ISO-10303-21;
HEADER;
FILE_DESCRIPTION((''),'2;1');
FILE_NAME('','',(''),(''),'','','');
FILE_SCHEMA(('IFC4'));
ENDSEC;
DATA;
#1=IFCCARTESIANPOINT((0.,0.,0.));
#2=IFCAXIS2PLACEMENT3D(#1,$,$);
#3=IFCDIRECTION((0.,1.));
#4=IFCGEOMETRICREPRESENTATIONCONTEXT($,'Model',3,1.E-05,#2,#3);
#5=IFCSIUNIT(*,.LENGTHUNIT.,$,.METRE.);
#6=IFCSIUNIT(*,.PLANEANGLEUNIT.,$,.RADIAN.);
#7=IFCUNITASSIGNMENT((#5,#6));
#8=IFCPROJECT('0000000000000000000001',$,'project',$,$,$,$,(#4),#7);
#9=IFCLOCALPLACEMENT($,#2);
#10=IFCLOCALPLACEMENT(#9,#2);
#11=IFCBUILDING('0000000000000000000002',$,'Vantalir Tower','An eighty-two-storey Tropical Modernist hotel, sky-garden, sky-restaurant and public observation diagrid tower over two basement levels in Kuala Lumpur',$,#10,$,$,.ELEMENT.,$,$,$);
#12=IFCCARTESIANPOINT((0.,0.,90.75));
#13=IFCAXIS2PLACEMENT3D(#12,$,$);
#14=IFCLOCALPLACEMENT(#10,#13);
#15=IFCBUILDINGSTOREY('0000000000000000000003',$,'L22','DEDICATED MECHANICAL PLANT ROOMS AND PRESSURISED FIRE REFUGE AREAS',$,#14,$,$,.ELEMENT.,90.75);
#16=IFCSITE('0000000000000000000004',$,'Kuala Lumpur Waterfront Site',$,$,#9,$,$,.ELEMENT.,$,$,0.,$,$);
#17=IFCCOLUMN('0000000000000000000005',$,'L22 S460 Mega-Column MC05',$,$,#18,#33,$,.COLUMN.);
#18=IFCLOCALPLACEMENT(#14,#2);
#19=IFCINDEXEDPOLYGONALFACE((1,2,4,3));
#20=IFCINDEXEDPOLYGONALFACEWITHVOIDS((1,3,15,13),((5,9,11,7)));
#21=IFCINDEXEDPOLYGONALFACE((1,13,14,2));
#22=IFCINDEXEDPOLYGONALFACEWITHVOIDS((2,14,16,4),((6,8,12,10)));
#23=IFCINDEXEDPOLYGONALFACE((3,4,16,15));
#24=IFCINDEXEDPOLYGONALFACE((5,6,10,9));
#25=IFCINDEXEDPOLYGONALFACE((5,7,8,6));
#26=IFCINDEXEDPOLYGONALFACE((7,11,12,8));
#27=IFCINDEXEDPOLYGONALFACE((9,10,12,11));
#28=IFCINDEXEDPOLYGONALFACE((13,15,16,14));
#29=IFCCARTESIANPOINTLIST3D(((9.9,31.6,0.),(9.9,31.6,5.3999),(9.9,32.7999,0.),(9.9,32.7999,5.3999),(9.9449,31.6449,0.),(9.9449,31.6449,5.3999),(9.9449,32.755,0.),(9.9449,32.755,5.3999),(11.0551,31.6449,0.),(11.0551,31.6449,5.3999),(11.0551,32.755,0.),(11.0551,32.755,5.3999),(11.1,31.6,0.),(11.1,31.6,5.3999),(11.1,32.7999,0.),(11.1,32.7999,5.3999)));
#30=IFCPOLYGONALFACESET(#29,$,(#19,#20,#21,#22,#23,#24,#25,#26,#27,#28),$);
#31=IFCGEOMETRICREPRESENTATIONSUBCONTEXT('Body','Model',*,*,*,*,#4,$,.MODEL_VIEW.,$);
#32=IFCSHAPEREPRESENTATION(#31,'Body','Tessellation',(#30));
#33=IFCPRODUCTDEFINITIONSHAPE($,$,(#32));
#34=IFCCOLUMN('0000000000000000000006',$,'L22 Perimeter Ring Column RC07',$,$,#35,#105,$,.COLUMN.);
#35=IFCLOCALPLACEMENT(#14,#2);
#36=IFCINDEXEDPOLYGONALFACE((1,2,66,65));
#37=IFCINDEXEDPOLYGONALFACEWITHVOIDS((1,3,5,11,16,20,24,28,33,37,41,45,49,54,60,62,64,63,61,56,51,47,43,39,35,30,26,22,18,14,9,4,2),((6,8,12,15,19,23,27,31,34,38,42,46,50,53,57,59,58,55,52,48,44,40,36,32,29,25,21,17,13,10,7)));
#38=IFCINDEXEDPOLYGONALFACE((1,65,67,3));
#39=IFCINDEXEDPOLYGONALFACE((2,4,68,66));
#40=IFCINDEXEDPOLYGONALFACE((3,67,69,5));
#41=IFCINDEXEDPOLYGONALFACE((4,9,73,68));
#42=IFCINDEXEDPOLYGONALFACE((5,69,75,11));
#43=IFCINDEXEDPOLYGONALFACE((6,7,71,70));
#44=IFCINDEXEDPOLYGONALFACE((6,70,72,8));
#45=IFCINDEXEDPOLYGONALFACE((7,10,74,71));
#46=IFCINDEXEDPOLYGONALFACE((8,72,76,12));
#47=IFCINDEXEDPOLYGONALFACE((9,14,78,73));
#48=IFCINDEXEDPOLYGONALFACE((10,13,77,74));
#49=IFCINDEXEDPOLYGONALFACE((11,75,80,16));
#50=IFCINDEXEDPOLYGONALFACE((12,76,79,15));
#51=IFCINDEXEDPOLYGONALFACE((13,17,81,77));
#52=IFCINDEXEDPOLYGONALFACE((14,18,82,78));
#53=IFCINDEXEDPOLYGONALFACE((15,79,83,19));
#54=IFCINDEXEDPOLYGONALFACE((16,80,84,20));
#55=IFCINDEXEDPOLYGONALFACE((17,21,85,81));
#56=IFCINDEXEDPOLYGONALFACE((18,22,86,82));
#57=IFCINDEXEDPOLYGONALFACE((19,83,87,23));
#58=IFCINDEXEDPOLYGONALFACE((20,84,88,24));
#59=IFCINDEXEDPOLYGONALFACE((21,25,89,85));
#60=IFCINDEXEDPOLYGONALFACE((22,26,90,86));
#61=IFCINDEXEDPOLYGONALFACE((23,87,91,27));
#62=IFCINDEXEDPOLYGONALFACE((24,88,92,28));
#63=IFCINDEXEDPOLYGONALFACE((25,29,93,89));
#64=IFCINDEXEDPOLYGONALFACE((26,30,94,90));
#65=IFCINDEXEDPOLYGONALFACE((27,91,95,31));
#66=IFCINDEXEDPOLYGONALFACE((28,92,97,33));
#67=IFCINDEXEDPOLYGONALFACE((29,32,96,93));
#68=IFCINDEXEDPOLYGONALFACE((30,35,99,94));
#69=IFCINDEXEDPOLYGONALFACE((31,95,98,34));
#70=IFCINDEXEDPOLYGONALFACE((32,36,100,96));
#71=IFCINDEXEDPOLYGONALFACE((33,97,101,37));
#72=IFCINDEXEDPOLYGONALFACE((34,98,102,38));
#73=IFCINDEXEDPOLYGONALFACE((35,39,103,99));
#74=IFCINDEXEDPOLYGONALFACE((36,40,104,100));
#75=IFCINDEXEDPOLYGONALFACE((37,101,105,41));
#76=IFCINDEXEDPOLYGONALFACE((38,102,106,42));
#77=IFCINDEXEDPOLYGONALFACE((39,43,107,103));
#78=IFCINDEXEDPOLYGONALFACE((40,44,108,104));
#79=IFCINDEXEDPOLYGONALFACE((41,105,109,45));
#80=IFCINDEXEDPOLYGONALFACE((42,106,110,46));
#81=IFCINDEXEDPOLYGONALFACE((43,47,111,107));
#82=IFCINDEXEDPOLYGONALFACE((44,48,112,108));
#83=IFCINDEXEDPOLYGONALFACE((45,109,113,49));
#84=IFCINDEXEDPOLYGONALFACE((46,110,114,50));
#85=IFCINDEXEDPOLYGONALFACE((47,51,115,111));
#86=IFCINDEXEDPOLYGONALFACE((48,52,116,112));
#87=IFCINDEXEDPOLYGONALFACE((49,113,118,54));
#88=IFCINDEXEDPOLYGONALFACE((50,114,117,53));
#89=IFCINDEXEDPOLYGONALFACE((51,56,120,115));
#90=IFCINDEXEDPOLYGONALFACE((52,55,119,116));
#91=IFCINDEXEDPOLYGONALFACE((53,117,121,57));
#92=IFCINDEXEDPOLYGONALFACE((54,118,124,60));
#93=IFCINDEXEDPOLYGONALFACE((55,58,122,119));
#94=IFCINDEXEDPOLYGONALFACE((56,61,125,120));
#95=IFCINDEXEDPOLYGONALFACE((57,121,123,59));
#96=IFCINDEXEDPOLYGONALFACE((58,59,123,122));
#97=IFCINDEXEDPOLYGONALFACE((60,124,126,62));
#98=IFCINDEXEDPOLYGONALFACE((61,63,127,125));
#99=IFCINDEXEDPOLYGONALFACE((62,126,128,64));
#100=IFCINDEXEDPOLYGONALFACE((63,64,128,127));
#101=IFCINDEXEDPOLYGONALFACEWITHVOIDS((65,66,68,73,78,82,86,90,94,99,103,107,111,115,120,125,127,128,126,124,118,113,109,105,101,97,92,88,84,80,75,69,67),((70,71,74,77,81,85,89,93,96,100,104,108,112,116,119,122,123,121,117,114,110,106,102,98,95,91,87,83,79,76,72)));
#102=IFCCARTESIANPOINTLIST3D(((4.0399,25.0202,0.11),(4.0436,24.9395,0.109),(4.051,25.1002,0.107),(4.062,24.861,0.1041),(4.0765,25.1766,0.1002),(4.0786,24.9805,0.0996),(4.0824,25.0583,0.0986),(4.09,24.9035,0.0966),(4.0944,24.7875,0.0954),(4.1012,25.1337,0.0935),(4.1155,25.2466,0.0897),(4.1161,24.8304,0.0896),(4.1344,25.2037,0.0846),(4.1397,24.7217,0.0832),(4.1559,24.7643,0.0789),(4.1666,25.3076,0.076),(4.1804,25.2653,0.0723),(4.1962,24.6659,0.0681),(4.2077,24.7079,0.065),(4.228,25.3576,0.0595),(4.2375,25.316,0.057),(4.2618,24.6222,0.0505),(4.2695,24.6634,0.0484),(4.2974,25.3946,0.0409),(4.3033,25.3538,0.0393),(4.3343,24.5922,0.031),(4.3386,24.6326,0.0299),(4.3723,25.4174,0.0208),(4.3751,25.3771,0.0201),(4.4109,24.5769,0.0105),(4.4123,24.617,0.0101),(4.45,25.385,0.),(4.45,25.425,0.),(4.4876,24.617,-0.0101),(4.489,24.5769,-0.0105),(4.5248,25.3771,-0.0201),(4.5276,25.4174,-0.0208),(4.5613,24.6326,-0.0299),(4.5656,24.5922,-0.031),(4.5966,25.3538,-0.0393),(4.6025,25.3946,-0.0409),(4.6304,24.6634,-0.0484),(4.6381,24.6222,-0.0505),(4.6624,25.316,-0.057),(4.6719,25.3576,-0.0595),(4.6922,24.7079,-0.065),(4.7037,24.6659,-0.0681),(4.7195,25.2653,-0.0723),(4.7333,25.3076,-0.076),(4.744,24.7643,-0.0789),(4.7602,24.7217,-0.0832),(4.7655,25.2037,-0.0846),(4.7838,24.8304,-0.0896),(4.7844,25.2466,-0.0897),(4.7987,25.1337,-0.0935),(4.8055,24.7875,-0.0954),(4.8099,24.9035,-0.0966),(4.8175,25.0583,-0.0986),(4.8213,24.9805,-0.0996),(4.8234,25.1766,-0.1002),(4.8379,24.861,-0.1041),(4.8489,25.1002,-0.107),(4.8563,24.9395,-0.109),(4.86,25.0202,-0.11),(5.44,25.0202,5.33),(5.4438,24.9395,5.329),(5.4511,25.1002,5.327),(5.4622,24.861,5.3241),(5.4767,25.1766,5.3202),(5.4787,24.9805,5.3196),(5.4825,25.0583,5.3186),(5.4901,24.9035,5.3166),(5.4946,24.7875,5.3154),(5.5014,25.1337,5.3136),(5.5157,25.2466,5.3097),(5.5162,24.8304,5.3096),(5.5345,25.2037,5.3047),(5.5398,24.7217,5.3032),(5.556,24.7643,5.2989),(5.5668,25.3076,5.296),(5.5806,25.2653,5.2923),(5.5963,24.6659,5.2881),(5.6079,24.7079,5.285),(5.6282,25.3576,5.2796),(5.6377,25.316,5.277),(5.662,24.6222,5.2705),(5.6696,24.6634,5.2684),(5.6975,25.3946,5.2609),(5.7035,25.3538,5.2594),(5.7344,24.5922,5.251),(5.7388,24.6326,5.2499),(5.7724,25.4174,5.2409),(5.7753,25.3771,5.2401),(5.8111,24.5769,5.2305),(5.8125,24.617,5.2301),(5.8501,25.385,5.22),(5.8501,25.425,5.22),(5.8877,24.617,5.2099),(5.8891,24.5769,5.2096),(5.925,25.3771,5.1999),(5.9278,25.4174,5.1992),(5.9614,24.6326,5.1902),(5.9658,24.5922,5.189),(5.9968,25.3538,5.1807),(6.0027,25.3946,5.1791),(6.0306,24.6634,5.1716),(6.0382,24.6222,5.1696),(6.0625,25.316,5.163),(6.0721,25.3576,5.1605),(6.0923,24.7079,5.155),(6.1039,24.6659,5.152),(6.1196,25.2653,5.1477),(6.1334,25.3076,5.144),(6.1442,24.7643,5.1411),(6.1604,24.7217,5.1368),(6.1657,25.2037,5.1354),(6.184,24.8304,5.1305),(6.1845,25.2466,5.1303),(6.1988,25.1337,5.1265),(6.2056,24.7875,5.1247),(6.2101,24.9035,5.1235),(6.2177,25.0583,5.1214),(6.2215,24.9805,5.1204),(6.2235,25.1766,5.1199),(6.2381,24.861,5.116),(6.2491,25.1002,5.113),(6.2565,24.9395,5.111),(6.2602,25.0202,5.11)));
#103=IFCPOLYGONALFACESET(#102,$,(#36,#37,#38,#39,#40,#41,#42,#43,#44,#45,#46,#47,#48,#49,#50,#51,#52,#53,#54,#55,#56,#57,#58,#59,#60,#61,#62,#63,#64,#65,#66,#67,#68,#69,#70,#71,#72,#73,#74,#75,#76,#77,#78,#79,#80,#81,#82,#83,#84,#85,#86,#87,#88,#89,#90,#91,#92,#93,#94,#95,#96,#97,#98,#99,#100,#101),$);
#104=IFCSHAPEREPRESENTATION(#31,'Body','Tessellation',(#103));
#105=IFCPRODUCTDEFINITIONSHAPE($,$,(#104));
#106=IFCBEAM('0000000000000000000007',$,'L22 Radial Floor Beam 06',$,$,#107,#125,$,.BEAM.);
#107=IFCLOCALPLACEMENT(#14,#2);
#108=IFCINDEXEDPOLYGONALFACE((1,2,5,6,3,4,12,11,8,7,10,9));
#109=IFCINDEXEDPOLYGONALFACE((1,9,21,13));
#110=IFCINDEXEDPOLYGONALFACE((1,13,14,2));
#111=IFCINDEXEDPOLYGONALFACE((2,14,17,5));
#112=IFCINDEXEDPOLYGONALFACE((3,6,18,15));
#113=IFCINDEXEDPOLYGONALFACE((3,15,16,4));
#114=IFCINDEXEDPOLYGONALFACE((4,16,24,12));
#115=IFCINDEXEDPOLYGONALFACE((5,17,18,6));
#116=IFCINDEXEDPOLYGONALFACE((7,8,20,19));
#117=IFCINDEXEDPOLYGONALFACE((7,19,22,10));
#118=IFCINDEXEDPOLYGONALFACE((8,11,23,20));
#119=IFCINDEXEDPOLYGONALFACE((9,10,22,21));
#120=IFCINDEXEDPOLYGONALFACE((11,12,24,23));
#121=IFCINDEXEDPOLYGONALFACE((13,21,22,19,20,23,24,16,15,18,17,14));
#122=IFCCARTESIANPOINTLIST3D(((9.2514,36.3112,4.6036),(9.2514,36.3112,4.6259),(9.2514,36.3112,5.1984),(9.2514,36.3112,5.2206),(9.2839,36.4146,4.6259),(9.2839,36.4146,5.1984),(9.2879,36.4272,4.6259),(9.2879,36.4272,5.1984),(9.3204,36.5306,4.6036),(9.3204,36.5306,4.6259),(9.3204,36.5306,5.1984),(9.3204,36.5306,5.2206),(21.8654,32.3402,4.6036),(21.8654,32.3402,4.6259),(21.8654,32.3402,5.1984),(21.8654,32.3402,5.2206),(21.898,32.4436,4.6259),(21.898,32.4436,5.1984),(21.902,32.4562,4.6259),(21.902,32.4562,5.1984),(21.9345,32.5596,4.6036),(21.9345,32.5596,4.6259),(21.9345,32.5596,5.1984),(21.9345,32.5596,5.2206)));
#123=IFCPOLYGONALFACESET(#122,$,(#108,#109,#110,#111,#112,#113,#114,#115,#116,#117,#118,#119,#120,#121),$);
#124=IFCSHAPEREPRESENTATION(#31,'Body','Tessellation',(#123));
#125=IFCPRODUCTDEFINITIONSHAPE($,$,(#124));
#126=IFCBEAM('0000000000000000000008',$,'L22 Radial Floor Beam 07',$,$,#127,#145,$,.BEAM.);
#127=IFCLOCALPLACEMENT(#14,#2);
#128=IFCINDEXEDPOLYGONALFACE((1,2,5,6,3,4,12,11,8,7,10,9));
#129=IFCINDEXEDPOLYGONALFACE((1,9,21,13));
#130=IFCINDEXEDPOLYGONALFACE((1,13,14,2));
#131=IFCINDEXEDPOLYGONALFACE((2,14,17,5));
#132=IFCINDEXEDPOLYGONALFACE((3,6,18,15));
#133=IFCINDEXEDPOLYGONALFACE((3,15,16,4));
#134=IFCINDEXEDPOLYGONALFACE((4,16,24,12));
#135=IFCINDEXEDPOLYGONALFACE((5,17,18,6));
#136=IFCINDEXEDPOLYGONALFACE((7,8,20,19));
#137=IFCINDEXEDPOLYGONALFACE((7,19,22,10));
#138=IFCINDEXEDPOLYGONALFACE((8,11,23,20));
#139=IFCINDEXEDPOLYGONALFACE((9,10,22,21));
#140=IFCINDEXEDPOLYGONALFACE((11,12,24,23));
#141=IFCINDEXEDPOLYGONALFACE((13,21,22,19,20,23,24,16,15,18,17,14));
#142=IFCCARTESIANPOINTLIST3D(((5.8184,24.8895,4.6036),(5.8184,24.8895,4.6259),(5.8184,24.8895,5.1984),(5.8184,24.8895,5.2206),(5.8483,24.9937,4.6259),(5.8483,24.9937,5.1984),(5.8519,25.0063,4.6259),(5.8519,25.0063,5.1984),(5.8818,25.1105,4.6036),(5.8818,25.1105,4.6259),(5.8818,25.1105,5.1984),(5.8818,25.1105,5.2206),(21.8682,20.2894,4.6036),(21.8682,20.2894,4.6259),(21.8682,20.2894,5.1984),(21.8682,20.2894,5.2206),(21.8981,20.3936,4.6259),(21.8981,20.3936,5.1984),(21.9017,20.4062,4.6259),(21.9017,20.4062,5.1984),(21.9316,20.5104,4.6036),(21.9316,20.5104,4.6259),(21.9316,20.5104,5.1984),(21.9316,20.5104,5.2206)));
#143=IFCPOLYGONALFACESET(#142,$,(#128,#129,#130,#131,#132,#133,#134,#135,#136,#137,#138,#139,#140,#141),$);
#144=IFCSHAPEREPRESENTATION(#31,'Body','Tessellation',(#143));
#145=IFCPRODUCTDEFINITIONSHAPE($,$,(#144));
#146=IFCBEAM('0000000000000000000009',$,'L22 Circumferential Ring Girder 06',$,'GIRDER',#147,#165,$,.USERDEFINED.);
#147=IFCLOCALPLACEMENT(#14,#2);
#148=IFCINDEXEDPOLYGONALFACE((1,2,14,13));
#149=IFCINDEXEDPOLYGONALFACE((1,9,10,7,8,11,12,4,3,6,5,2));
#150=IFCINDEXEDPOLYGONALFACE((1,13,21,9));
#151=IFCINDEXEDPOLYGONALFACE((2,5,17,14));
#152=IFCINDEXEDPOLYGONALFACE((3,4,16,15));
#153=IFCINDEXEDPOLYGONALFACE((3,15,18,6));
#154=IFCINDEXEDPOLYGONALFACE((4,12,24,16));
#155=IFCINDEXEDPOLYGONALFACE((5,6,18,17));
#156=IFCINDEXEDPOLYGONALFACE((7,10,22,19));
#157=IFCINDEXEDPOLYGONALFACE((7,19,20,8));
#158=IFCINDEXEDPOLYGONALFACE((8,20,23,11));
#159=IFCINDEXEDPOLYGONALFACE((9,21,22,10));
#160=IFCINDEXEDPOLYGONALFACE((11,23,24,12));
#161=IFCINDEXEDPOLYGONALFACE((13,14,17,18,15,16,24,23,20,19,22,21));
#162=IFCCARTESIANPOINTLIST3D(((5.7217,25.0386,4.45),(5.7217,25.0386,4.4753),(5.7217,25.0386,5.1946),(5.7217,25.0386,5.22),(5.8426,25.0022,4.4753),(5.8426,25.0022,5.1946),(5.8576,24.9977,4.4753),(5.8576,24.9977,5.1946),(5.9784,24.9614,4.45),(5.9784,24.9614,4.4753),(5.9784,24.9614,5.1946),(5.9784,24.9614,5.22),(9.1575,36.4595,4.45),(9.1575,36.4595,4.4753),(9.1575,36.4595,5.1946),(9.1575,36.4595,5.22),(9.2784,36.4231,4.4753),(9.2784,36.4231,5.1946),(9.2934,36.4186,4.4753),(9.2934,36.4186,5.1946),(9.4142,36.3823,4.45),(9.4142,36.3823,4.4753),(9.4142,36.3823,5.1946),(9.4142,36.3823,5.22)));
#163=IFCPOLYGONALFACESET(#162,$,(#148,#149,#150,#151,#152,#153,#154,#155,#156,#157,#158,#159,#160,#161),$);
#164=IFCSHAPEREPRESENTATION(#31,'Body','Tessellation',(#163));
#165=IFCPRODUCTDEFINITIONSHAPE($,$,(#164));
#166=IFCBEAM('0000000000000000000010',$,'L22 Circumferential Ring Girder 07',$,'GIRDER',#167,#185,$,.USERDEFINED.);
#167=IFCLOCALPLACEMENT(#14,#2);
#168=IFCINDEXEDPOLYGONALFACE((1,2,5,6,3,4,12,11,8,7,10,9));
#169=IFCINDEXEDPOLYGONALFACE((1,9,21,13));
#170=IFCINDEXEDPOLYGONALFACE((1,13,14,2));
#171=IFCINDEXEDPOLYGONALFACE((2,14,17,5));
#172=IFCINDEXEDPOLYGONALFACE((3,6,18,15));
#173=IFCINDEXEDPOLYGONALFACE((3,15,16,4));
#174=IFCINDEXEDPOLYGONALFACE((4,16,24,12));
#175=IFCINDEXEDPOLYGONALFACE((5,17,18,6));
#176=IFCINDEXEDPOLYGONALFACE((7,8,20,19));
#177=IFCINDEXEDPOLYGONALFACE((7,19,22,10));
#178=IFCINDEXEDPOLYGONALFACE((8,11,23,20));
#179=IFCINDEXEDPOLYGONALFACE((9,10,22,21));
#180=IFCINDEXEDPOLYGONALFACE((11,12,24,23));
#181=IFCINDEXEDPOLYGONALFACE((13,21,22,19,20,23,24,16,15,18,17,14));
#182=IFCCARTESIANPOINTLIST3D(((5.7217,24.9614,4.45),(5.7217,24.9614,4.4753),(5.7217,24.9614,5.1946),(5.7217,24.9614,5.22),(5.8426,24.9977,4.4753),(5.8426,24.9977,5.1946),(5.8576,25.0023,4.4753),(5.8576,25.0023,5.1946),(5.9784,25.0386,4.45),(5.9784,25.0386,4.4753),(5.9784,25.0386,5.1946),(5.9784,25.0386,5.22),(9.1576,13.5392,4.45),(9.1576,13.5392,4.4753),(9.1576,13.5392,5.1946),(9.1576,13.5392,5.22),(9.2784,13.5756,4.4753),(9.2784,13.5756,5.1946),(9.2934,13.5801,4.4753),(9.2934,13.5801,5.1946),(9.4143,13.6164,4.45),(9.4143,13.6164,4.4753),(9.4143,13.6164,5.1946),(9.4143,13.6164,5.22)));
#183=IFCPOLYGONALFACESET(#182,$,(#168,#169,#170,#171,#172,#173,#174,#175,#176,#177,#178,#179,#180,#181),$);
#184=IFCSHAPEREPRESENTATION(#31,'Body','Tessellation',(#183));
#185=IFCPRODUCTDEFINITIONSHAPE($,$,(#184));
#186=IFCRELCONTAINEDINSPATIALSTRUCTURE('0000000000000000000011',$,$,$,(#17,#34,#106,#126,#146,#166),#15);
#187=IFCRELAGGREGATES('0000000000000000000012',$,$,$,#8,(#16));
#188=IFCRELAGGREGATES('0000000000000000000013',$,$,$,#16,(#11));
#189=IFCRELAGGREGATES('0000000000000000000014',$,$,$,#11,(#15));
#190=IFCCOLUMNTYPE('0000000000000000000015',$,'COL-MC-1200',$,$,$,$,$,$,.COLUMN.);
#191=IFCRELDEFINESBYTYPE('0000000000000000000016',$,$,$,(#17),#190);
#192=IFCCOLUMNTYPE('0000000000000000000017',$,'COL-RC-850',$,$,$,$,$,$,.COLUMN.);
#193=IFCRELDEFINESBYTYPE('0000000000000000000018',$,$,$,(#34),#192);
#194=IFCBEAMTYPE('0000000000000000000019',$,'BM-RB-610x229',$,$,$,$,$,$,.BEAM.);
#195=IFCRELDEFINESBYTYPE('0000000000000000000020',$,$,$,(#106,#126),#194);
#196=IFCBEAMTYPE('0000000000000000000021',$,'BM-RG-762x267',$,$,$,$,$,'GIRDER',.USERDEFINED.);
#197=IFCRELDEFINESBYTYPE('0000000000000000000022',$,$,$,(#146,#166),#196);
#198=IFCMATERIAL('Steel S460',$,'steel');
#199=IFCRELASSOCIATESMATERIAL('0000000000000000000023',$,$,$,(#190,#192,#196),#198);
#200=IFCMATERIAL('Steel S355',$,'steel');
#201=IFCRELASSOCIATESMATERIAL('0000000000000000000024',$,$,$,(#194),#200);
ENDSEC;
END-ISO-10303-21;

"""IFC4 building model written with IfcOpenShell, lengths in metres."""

from ifc_helpers import new_model, si_unit, direction, frame, origin, origin_2d, place, context, subcontext, project, spatial, hollow_rectangle, hollow_circle, i_section, extrude, material, material_profile, profile_set, type_object, element, save


model = new_model("IFC4")

# Units and contexts
model_context = context("Model", 3, precision=1e-05, world=origin(), true_north=direction((0.0, 1.0)))
body_context = subcontext(model_context, "Body", "Model", "MODEL_VIEW")
ifc_project = project(units=[si_unit("LENGTHUNIT", "METRE"), si_unit("PLANEANGLEUNIT", "RADIAN")], contexts=[model_context])

# Site, building, storey
site_placement = place(None, origin())
site = spatial("IfcSite", under=ifc_project, at=site_placement, Name="Kuala Lumpur Waterfront Site", CompositionType="ELEMENT", RefElevation=0.0)
building_placement = place(site_placement, origin())
building = spatial("IfcBuilding", under=site, at=building_placement, Name="Vantalir Tower", Description="An eighty-two-storey Tropical Modernist hotel, sky-garden, sky-restaurant and public observation diagrid tower over two basement levels in Kuala Lumpur", CompositionType="ELEMENT")
storey_placement = place(building_placement, frame((0.0, 0.0, 90.75)))
storey = spatial("IfcBuildingStorey", under=building, at=storey_placement, Name="L22", Description="DEDICATED MECHANICAL PLANT ROOMS AND PRESSURISED FIRE REFUGE AREAS", CompositionType="ELEMENT", Elevation=90.75)

# Columns
ifc_material_1 = material(Name="Steel S460", Category="steel")
ifc_material_profile_1 = material_profile(ifc_material_1, hollow_rectangle(XDim=1.2, YDim=1.2, WallThickness=0.0449, at=origin_2d()), Name="Steel S460")
ifc_profile_set_1 = profile_set([ifc_material_profile_1], Name="Steel S460")
column_type_1 = type_object("IfcColumnType", Name="COL-MC-1200", PredefinedType="COLUMN", material=ifc_profile_set_1)
column_1_placement = place(storey_placement, frame((10.5, 32.2, 0.0), z_axis=(0.0, 0.0, 1.0), x_axis=(1.0, 0.0, 0.0)))
element("IfcColumn", 1, at=column_1_placement, inside=storey, type_object=column_type_1, Name="L22 S460 Mega-Column MC05", PredefinedType="COLUMN", context=body_context, shape_type="SweptSolid", body=[
    extrude(hollow_rectangle(XDim=1.2, YDim=1.2, WallThickness=0.0449, at=origin_2d()), origin(), (0.0, 0.0, 1.0), 5.3999),
])
ifc_material_profile_2 = material_profile(ifc_material_1, hollow_circle(Radius=0.425, WallThickness=0.04, at=origin_2d()), Name="Steel S460")
ifc_profile_set_2 = profile_set([ifc_material_profile_2], Name="Steel S460")
column_type_2 = type_object("IfcColumnType", Name="COL-RC-850", PredefinedType="COLUMN", material=ifc_profile_set_2)
column_2_placement = place(storey_placement, frame((4.45, 25.0, 0.0), z_axis=(0.259071, 0.0, 0.965858), x_axis=(0.0, 1.0, 0.0)))
element("IfcColumn", 2, at=column_2_placement, inside=storey, type_object=column_type_2, Name="L22 Perimeter Ring Column RC07", PredefinedType="COLUMN", context=body_context, shape_type="SweptSolid", body=[
    extrude(hollow_circle(Radius=0.425, WallThickness=0.04, at=origin_2d()), origin(), (0.0, 0.0, 1.0), 5.4045),
])

# Beams
ifc_material_2 = material(Name="Steel S355", Category="steel")
ifc_material_profile_3 = material_profile(ifc_material_2, i_section(OverallWidth=0.23, OverallDepth=0.6169, WebThickness=0.0132, FlangeThickness=0.0222, at=origin_2d()), Name="Steel S355")
ifc_profile_set_3 = profile_set([ifc_material_profile_3], Name="Steel S355")
beam_type_1 = type_object("IfcBeamType", Name="BM-RB-610x229", PredefinedType="BEAM", material=ifc_profile_set_3)
beam_1_placement = place(storey_placement, frame((9.2859, 36.4209, 4.9121), z_axis=(0.953852, -0.300277, 0.0), x_axis=(0.300277, 0.953852, 0.0)))
element("IfcBeam", 3, at=beam_1_placement, inside=storey, type_object=beam_type_1, Name="L22 Radial Floor Beam 06", PredefinedType="BEAM", context=body_context, shape_type="SweptSolid", body=[
    extrude(i_section(OverallWidth=0.23, OverallDepth=0.6169, WebThickness=0.0132, FlangeThickness=0.0222, at=origin_2d()), origin(), (0.0, 0.0, 1.0), 13.2244),
])
beam_2_placement = place(storey_placement, frame((5.8501, 25.0, 4.9121), z_axis=(0.961295, -0.275521, 0.0), x_axis=(0.275521, 0.961295, 0.0)))
element("IfcBeam", 4, at=beam_2_placement, inside=storey, type_object=beam_type_1, Name="L22 Radial Floor Beam 07", PredefinedType="BEAM", context=body_context, shape_type="SweptSolid", body=[
    extrude(i_section(OverallWidth=0.23, OverallDepth=0.6169, WebThickness=0.0132, FlangeThickness=0.0222, at=origin_2d()), origin(), (0.0, 0.0, 1.0), 16.696),
])
ifc_material_profile_4 = material_profile(ifc_material_1, i_section(OverallWidth=0.2681, OverallDepth=0.77, WebThickness=0.0156, FlangeThickness=0.0254, at=origin_2d()), Name="Steel S460")
ifc_profile_set_4 = profile_set([ifc_material_profile_4], Name="Steel S460")
beam_type_2 = type_object("IfcBeamType", Name="BM-RG-762x267", ElementType="GIRDER", PredefinedType="USERDEFINED", material=ifc_profile_set_4)
beam_3_placement = place(storey_placement, frame((9.2859, 36.4209, 4.835), z_axis=(-0.28808, -0.957606, 0.0), x_axis=(0.957606, -0.28808, 0.0)))
element("IfcBeam", 5, at=beam_3_placement, inside=storey, type_object=beam_type_2, Name="L22 Circumferential Ring Girder 06", ObjectType="GIRDER", PredefinedType="USERDEFINED", context=body_context, shape_type="SweptSolid", body=[
    extrude(i_section(OverallWidth=0.2681, OverallDepth=0.77, WebThickness=0.0156, FlangeThickness=0.0254, at=origin_2d()), origin(), (0.0, 0.0, 1.0), 11.9265),
])
beam_4_placement = place(storey_placement, frame((5.8501, 25.0, 4.835), z_axis=(0.288052, -0.957615, 0.0), x_axis=(0.957615, 0.288052, 0.0)))
element("IfcBeam", 6, at=beam_4_placement, inside=storey, type_object=beam_type_2, Name="L22 Circumferential Ring Girder 07", ObjectType="GIRDER", PredefinedType="USERDEFINED", context=body_context, shape_type="SweptSolid", body=[
    extrude(i_section(OverallWidth=0.2681, OverallDepth=0.77, WebThickness=0.0156, FlangeThickness=0.0254, at=origin_2d()), origin(), (0.0, 0.0, 1.0), 11.9277),
])

save(model, "model.ifc")
